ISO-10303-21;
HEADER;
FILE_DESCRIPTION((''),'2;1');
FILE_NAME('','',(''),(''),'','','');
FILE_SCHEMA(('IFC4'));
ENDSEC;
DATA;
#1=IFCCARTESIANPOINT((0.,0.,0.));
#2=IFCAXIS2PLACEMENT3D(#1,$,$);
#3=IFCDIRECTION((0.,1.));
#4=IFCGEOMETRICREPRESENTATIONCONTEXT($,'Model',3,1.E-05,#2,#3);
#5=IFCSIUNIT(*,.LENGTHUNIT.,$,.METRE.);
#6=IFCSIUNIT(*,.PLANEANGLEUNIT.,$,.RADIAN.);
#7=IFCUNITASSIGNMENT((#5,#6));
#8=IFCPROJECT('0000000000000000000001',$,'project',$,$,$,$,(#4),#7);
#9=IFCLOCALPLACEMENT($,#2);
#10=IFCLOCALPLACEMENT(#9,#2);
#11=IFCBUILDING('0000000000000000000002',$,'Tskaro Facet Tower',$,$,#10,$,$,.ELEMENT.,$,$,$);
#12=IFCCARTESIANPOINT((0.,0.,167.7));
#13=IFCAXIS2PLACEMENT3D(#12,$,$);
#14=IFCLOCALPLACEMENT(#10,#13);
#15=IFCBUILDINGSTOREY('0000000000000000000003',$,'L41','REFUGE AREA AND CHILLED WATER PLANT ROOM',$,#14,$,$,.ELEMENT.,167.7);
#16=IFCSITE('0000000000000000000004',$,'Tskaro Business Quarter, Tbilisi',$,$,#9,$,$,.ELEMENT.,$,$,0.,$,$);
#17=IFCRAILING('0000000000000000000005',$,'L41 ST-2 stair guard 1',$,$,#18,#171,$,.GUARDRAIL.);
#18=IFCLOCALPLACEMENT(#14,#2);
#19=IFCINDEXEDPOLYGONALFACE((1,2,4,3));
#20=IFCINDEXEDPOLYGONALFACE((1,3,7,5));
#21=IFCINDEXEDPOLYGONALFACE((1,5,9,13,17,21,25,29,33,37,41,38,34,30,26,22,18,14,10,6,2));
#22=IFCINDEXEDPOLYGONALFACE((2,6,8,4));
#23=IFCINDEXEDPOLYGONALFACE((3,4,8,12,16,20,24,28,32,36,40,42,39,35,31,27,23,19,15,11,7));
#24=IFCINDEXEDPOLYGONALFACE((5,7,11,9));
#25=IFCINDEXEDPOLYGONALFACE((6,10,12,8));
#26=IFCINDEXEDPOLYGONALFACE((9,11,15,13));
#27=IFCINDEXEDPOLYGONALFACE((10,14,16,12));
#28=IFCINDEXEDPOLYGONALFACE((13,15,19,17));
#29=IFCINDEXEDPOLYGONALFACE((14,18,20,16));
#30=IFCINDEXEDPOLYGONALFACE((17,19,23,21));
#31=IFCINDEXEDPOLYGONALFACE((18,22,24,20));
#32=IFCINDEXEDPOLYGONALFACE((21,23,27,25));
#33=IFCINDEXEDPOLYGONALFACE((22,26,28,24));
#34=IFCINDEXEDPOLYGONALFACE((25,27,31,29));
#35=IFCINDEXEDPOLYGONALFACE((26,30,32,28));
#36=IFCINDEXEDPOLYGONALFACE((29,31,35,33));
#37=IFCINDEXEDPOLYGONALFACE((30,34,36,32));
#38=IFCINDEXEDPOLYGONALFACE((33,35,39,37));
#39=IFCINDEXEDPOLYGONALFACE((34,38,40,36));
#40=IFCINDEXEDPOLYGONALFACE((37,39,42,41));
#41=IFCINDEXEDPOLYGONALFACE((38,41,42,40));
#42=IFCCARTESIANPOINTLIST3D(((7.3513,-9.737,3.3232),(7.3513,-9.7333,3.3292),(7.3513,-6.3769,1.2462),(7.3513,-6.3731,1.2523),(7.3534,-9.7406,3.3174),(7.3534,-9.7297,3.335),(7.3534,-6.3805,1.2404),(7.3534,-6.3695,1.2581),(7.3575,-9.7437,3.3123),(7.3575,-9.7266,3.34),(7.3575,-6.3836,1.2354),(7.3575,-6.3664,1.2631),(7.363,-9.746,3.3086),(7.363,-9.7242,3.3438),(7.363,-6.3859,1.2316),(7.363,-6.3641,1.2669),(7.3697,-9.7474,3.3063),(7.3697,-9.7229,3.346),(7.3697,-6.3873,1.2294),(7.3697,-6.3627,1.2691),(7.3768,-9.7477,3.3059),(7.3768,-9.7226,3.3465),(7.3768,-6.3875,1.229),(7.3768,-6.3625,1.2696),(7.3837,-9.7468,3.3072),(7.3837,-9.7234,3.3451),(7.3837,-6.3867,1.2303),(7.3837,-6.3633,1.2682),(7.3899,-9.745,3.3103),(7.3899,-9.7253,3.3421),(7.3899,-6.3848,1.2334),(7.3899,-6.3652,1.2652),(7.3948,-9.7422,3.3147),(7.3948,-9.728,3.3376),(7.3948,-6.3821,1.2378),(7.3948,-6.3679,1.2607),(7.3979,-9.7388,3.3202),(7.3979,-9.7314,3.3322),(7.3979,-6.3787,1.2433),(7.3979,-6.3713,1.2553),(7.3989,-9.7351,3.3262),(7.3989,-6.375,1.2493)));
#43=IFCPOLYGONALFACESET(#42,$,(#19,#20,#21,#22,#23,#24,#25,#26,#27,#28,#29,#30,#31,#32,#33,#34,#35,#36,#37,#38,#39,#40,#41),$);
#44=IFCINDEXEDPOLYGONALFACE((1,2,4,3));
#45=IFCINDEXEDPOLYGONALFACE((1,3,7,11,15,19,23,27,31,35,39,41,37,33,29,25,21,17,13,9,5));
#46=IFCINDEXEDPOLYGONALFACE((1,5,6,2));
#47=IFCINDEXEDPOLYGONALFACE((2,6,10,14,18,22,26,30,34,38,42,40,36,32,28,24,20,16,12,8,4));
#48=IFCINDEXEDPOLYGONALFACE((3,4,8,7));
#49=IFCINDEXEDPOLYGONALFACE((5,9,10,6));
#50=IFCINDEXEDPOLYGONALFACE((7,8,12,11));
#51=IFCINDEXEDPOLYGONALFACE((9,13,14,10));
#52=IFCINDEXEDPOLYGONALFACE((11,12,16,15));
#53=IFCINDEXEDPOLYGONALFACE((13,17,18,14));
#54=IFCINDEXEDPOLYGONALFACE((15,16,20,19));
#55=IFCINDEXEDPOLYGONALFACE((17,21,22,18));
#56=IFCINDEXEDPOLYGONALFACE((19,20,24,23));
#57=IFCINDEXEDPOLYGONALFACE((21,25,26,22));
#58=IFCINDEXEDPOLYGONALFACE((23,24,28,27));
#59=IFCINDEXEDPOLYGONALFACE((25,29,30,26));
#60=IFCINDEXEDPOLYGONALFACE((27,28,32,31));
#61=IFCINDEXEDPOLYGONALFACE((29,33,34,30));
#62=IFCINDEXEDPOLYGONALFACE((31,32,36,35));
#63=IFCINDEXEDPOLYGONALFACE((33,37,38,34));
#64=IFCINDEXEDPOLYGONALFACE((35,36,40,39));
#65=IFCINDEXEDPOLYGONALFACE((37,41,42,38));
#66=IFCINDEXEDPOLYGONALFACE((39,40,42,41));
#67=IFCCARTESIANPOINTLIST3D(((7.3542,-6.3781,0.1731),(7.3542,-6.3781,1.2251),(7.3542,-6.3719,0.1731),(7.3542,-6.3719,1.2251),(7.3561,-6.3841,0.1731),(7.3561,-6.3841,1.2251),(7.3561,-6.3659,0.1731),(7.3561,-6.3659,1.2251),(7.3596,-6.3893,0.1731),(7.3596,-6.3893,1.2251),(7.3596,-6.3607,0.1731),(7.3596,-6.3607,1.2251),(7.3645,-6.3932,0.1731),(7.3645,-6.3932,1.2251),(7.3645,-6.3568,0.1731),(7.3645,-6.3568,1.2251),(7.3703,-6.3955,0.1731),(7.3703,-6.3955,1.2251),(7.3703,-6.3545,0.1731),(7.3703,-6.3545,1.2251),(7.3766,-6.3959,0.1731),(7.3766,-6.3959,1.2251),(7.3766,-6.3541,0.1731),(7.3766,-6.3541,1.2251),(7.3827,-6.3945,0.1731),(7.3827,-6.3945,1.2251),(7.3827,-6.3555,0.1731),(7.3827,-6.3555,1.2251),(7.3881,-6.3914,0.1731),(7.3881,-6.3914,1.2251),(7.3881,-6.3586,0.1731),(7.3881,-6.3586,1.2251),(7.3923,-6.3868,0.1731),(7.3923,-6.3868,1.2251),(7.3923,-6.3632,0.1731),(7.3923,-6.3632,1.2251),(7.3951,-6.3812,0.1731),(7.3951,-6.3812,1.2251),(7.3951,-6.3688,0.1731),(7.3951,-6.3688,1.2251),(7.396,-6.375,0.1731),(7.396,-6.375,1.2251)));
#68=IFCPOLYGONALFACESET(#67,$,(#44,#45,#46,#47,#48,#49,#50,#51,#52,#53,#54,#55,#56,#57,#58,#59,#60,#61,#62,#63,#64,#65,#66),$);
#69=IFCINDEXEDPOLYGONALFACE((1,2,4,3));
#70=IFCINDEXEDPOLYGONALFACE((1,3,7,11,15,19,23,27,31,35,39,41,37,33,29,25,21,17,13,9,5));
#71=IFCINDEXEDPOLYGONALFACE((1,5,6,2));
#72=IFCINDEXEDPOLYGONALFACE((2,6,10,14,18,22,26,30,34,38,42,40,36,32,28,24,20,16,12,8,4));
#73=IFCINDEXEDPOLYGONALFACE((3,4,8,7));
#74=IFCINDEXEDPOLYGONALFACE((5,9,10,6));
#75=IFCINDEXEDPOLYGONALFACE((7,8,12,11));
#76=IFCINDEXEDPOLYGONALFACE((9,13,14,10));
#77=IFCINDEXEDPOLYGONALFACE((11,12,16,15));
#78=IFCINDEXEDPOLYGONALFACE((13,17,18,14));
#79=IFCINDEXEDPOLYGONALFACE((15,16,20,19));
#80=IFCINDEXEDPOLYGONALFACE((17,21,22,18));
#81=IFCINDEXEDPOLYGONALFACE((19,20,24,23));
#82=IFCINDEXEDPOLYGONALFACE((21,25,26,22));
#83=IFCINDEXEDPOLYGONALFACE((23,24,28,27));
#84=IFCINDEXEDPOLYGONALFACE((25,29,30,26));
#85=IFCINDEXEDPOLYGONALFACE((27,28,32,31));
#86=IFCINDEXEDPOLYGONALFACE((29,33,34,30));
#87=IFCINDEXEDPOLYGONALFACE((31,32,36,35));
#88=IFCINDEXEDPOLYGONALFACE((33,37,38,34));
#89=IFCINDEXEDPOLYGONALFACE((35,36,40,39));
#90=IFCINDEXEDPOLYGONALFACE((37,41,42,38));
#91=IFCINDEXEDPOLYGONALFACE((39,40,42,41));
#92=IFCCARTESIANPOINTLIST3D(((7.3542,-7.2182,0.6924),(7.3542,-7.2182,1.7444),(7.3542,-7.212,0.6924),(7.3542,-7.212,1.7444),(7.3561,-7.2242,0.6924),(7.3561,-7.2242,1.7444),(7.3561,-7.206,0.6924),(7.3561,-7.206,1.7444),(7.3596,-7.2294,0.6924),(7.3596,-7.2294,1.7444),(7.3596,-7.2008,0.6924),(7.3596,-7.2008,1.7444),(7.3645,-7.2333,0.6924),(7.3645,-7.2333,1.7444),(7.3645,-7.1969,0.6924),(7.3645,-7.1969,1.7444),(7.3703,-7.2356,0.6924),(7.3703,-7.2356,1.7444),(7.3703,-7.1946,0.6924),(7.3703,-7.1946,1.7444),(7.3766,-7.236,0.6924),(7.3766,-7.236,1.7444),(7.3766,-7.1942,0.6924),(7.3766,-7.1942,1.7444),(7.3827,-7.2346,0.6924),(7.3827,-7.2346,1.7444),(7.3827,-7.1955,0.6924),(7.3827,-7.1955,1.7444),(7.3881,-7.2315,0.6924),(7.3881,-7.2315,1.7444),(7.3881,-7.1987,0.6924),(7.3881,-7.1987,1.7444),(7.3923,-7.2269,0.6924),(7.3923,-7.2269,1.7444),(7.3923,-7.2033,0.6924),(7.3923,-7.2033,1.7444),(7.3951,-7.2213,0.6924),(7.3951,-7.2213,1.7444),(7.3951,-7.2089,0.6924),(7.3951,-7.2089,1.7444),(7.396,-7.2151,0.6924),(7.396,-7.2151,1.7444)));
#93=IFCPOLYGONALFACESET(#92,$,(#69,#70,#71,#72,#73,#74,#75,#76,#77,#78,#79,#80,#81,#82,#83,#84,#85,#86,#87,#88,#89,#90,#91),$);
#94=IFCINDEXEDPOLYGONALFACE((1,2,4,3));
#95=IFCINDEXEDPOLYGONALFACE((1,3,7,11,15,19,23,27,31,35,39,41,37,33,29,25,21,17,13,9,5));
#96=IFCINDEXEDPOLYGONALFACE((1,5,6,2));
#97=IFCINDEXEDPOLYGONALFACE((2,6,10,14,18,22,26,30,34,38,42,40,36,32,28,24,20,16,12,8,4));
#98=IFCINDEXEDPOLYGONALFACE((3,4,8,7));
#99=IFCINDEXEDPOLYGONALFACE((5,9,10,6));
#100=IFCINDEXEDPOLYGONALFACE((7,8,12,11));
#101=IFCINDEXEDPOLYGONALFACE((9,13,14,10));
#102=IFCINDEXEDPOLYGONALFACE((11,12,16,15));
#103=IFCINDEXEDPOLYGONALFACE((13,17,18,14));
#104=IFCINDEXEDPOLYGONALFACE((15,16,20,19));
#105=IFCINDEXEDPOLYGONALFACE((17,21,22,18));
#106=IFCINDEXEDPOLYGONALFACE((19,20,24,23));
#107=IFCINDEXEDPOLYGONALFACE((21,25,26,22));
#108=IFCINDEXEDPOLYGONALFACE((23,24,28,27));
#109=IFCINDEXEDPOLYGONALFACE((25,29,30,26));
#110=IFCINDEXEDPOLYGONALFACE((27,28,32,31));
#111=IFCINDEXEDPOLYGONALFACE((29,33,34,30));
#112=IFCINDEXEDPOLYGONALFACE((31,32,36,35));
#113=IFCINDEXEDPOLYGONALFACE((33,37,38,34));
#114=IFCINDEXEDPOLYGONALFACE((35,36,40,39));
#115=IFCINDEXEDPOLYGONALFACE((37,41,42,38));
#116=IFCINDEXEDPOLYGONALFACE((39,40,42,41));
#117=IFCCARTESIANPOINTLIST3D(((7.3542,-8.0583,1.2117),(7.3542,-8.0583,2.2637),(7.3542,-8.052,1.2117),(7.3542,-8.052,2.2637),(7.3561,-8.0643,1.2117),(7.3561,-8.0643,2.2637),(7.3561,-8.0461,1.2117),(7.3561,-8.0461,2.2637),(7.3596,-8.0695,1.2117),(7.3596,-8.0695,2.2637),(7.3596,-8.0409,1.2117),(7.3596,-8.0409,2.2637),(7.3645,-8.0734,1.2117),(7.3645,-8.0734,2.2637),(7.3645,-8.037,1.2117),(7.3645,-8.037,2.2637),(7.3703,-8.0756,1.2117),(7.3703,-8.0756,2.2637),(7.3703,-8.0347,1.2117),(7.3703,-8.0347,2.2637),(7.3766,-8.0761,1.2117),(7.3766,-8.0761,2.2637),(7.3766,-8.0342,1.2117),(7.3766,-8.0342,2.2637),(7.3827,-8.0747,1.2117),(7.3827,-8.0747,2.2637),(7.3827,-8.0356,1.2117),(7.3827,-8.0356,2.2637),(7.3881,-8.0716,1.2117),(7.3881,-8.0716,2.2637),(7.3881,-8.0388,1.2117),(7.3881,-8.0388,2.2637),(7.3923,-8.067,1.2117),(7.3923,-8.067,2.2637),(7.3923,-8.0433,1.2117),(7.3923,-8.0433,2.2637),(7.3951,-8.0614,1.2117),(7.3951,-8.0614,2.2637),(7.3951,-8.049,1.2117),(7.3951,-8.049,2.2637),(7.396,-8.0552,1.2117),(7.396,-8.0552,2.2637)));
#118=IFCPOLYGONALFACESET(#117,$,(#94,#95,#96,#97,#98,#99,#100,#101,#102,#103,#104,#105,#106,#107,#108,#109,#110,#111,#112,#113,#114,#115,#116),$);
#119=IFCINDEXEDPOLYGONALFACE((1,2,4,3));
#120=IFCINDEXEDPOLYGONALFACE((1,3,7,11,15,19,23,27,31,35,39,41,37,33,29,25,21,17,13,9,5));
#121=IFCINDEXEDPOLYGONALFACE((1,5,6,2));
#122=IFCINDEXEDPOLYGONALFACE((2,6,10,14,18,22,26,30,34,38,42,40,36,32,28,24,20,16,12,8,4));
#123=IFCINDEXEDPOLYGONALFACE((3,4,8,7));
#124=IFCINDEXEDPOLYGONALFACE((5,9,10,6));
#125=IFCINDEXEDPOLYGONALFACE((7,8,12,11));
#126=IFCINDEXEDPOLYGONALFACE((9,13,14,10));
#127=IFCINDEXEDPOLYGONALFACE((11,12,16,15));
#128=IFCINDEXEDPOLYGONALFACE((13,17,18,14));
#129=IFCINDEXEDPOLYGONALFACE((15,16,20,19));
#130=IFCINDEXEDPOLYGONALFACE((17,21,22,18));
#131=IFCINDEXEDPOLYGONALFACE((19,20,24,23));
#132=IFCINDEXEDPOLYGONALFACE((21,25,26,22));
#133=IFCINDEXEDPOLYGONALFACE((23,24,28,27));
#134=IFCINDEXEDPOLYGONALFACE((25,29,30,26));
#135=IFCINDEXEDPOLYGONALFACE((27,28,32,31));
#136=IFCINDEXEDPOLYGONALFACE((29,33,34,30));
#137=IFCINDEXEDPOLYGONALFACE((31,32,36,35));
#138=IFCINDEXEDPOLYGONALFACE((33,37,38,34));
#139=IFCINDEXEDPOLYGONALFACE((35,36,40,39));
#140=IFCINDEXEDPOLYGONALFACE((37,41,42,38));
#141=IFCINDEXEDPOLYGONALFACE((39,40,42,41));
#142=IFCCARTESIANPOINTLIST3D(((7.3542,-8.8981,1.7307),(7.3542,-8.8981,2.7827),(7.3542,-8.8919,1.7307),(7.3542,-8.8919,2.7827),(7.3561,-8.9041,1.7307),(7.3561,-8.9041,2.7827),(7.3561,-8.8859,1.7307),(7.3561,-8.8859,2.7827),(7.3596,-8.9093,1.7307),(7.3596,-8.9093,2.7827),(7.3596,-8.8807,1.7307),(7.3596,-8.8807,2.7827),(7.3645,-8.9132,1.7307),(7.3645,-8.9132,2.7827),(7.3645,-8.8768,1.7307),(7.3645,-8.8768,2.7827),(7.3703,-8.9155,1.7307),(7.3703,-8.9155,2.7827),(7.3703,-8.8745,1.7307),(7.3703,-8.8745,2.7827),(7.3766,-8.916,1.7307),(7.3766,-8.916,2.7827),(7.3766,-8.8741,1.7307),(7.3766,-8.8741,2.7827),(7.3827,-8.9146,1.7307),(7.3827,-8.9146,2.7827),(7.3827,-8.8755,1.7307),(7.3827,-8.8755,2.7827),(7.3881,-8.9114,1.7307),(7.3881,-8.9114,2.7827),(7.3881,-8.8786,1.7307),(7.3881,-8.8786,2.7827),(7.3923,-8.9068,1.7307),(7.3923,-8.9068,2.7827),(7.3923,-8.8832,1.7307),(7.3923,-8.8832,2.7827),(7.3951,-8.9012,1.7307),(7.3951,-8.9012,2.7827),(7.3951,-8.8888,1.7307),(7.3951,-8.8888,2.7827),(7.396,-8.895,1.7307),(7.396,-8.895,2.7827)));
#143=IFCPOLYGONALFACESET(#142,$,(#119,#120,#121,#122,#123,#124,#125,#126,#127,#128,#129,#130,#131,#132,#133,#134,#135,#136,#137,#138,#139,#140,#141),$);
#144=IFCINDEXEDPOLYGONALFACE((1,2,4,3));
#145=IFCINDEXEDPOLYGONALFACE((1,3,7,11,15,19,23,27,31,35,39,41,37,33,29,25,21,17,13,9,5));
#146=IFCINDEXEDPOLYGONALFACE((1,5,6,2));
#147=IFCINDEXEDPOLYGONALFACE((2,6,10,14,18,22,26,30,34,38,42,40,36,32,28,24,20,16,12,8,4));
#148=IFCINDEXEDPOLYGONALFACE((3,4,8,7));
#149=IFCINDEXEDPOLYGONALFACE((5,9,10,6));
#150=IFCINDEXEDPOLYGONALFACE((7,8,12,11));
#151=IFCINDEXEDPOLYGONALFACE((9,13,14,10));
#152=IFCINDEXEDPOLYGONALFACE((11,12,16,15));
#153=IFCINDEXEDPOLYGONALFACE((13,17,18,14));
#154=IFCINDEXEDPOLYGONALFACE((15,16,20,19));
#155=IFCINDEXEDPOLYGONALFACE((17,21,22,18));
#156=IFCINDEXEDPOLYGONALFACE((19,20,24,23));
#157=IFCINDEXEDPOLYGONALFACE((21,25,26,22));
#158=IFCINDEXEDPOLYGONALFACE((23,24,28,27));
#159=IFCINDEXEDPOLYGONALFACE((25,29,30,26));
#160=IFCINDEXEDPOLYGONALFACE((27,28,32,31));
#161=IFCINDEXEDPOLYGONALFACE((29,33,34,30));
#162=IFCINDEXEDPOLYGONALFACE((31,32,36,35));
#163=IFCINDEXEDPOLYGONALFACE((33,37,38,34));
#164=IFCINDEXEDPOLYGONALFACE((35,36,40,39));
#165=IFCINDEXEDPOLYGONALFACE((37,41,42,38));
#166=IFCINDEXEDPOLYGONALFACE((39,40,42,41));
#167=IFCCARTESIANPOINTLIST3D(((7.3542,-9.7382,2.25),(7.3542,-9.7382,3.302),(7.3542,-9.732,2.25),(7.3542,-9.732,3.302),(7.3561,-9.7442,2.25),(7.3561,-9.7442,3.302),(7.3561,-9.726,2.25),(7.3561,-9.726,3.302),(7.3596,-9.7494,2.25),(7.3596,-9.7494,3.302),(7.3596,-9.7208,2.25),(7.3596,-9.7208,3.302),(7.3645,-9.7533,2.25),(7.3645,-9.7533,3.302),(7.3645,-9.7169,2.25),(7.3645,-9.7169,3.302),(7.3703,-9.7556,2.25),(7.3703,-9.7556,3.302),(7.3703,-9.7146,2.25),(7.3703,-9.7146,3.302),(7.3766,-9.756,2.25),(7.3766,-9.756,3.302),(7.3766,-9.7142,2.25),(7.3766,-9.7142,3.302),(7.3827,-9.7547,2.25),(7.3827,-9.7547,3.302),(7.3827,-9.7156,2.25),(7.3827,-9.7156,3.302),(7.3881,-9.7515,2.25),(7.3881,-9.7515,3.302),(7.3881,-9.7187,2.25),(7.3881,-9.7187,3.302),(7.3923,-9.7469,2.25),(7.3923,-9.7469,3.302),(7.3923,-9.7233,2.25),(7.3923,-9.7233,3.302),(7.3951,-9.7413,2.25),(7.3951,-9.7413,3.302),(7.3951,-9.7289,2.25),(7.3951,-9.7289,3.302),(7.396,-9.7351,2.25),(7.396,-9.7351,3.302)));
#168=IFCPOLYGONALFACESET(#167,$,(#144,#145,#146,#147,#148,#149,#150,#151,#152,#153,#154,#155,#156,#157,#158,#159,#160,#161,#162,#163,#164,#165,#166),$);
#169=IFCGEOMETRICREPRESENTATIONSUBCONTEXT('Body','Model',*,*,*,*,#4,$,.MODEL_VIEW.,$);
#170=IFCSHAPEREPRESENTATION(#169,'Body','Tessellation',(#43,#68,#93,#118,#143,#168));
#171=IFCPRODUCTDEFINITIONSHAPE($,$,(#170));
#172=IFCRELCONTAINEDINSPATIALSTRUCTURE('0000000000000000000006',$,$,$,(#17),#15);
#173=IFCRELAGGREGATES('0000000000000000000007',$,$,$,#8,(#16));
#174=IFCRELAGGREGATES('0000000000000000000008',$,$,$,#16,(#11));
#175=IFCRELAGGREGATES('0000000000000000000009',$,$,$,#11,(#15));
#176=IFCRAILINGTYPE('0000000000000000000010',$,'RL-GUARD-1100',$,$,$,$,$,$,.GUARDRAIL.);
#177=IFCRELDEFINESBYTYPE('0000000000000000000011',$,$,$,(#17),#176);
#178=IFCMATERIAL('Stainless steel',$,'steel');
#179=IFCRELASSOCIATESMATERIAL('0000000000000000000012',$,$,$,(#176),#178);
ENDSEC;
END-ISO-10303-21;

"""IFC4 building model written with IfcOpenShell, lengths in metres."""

from ifc_helpers import new_model, si_unit, direction, frame, origin, origin_2d, place, context, subcontext, project, spatial, circle, extrude, material, type_object, element, save


model = new_model("IFC4")

# Units and contexts
model_context = context("Model", 3, precision=1e-05, world=origin(), true_north=direction((0.0, 1.0)))
body_context = subcontext(model_context, "Body", "Model", "MODEL_VIEW")
ifc_project = project(units=[si_unit("LENGTHUNIT", "METRE"), si_unit("PLANEANGLEUNIT", "RADIAN")], contexts=[model_context])

# Site, building, storey
site_placement = place(None, origin())
site = spatial("IfcSite", under=ifc_project, at=site_placement, Name="Tskaro Business Quarter, Tbilisi", CompositionType="ELEMENT", RefElevation=0.0)
building_placement = place(site_placement, origin())
building = spatial("IfcBuilding", under=site, at=building_placement, Name="Tskaro Facet Tower", CompositionType="ELEMENT")
storey_placement = place(building_placement, frame((0.0, 0.0, 167.7)))
storey = spatial("IfcBuildingStorey", under=building, at=storey_placement, Name="L41", Description="REFUGE AREA AND CHILLED WATER PLANT ROOM", CompositionType="ELEMENT", Elevation=167.7)

# Railing
ifc_material_1 = material(Name="Stainless steel", Category="steel")
railing_type_1 = type_object("IfcRailingType", Name="RL-GUARD-1100", PredefinedType="GUARDRAIL", material=ifc_material_1)
railing_1_placement = place(storey_placement, frame((7.375, -6.375, 0.1731)))
element("IfcRailing", 1, at=railing_1_placement, inside=storey, type_object=railing_type_1, Name="L41 ST-2 stair guard 1", PredefinedType="GUARDRAIL", context=body_context, shape_type="SweptSolid", body=[
    extrude(circle(Radius=0.0239, at=origin_2d()), frame((0.0, 0.0, 1.0762), z_axis=(0.0, -0.850623, 0.525776), x_axis=(1.0, 0.0, 0.0)), (0.0, 0.0, 1.0), 3.9502),
    extrude(circle(Radius=0.021, at=origin_2d()), origin(), (0.0, 0.0, 1.0), 1.052),
    extrude(circle(Radius=0.021, at=origin_2d()), frame((0.0, -0.8401, 0.5193)), (0.0, 0.0, 1.0), 1.052),
    extrude(circle(Radius=0.021, at=origin_2d()), frame((0.0, -1.6802, 1.0386)), (0.0, 0.0, 1.0), 1.052),
    extrude(circle(Radius=0.021, at=origin_2d()), frame((0.0, -2.52, 1.5576)), (0.0, 0.0, 1.0), 1.052),
    extrude(circle(Radius=0.021, at=origin_2d()), frame((0.0, -3.3601, 2.0769)), (0.0, 0.0, 1.0), 1.052),
])

save(model, "model.ifc")
